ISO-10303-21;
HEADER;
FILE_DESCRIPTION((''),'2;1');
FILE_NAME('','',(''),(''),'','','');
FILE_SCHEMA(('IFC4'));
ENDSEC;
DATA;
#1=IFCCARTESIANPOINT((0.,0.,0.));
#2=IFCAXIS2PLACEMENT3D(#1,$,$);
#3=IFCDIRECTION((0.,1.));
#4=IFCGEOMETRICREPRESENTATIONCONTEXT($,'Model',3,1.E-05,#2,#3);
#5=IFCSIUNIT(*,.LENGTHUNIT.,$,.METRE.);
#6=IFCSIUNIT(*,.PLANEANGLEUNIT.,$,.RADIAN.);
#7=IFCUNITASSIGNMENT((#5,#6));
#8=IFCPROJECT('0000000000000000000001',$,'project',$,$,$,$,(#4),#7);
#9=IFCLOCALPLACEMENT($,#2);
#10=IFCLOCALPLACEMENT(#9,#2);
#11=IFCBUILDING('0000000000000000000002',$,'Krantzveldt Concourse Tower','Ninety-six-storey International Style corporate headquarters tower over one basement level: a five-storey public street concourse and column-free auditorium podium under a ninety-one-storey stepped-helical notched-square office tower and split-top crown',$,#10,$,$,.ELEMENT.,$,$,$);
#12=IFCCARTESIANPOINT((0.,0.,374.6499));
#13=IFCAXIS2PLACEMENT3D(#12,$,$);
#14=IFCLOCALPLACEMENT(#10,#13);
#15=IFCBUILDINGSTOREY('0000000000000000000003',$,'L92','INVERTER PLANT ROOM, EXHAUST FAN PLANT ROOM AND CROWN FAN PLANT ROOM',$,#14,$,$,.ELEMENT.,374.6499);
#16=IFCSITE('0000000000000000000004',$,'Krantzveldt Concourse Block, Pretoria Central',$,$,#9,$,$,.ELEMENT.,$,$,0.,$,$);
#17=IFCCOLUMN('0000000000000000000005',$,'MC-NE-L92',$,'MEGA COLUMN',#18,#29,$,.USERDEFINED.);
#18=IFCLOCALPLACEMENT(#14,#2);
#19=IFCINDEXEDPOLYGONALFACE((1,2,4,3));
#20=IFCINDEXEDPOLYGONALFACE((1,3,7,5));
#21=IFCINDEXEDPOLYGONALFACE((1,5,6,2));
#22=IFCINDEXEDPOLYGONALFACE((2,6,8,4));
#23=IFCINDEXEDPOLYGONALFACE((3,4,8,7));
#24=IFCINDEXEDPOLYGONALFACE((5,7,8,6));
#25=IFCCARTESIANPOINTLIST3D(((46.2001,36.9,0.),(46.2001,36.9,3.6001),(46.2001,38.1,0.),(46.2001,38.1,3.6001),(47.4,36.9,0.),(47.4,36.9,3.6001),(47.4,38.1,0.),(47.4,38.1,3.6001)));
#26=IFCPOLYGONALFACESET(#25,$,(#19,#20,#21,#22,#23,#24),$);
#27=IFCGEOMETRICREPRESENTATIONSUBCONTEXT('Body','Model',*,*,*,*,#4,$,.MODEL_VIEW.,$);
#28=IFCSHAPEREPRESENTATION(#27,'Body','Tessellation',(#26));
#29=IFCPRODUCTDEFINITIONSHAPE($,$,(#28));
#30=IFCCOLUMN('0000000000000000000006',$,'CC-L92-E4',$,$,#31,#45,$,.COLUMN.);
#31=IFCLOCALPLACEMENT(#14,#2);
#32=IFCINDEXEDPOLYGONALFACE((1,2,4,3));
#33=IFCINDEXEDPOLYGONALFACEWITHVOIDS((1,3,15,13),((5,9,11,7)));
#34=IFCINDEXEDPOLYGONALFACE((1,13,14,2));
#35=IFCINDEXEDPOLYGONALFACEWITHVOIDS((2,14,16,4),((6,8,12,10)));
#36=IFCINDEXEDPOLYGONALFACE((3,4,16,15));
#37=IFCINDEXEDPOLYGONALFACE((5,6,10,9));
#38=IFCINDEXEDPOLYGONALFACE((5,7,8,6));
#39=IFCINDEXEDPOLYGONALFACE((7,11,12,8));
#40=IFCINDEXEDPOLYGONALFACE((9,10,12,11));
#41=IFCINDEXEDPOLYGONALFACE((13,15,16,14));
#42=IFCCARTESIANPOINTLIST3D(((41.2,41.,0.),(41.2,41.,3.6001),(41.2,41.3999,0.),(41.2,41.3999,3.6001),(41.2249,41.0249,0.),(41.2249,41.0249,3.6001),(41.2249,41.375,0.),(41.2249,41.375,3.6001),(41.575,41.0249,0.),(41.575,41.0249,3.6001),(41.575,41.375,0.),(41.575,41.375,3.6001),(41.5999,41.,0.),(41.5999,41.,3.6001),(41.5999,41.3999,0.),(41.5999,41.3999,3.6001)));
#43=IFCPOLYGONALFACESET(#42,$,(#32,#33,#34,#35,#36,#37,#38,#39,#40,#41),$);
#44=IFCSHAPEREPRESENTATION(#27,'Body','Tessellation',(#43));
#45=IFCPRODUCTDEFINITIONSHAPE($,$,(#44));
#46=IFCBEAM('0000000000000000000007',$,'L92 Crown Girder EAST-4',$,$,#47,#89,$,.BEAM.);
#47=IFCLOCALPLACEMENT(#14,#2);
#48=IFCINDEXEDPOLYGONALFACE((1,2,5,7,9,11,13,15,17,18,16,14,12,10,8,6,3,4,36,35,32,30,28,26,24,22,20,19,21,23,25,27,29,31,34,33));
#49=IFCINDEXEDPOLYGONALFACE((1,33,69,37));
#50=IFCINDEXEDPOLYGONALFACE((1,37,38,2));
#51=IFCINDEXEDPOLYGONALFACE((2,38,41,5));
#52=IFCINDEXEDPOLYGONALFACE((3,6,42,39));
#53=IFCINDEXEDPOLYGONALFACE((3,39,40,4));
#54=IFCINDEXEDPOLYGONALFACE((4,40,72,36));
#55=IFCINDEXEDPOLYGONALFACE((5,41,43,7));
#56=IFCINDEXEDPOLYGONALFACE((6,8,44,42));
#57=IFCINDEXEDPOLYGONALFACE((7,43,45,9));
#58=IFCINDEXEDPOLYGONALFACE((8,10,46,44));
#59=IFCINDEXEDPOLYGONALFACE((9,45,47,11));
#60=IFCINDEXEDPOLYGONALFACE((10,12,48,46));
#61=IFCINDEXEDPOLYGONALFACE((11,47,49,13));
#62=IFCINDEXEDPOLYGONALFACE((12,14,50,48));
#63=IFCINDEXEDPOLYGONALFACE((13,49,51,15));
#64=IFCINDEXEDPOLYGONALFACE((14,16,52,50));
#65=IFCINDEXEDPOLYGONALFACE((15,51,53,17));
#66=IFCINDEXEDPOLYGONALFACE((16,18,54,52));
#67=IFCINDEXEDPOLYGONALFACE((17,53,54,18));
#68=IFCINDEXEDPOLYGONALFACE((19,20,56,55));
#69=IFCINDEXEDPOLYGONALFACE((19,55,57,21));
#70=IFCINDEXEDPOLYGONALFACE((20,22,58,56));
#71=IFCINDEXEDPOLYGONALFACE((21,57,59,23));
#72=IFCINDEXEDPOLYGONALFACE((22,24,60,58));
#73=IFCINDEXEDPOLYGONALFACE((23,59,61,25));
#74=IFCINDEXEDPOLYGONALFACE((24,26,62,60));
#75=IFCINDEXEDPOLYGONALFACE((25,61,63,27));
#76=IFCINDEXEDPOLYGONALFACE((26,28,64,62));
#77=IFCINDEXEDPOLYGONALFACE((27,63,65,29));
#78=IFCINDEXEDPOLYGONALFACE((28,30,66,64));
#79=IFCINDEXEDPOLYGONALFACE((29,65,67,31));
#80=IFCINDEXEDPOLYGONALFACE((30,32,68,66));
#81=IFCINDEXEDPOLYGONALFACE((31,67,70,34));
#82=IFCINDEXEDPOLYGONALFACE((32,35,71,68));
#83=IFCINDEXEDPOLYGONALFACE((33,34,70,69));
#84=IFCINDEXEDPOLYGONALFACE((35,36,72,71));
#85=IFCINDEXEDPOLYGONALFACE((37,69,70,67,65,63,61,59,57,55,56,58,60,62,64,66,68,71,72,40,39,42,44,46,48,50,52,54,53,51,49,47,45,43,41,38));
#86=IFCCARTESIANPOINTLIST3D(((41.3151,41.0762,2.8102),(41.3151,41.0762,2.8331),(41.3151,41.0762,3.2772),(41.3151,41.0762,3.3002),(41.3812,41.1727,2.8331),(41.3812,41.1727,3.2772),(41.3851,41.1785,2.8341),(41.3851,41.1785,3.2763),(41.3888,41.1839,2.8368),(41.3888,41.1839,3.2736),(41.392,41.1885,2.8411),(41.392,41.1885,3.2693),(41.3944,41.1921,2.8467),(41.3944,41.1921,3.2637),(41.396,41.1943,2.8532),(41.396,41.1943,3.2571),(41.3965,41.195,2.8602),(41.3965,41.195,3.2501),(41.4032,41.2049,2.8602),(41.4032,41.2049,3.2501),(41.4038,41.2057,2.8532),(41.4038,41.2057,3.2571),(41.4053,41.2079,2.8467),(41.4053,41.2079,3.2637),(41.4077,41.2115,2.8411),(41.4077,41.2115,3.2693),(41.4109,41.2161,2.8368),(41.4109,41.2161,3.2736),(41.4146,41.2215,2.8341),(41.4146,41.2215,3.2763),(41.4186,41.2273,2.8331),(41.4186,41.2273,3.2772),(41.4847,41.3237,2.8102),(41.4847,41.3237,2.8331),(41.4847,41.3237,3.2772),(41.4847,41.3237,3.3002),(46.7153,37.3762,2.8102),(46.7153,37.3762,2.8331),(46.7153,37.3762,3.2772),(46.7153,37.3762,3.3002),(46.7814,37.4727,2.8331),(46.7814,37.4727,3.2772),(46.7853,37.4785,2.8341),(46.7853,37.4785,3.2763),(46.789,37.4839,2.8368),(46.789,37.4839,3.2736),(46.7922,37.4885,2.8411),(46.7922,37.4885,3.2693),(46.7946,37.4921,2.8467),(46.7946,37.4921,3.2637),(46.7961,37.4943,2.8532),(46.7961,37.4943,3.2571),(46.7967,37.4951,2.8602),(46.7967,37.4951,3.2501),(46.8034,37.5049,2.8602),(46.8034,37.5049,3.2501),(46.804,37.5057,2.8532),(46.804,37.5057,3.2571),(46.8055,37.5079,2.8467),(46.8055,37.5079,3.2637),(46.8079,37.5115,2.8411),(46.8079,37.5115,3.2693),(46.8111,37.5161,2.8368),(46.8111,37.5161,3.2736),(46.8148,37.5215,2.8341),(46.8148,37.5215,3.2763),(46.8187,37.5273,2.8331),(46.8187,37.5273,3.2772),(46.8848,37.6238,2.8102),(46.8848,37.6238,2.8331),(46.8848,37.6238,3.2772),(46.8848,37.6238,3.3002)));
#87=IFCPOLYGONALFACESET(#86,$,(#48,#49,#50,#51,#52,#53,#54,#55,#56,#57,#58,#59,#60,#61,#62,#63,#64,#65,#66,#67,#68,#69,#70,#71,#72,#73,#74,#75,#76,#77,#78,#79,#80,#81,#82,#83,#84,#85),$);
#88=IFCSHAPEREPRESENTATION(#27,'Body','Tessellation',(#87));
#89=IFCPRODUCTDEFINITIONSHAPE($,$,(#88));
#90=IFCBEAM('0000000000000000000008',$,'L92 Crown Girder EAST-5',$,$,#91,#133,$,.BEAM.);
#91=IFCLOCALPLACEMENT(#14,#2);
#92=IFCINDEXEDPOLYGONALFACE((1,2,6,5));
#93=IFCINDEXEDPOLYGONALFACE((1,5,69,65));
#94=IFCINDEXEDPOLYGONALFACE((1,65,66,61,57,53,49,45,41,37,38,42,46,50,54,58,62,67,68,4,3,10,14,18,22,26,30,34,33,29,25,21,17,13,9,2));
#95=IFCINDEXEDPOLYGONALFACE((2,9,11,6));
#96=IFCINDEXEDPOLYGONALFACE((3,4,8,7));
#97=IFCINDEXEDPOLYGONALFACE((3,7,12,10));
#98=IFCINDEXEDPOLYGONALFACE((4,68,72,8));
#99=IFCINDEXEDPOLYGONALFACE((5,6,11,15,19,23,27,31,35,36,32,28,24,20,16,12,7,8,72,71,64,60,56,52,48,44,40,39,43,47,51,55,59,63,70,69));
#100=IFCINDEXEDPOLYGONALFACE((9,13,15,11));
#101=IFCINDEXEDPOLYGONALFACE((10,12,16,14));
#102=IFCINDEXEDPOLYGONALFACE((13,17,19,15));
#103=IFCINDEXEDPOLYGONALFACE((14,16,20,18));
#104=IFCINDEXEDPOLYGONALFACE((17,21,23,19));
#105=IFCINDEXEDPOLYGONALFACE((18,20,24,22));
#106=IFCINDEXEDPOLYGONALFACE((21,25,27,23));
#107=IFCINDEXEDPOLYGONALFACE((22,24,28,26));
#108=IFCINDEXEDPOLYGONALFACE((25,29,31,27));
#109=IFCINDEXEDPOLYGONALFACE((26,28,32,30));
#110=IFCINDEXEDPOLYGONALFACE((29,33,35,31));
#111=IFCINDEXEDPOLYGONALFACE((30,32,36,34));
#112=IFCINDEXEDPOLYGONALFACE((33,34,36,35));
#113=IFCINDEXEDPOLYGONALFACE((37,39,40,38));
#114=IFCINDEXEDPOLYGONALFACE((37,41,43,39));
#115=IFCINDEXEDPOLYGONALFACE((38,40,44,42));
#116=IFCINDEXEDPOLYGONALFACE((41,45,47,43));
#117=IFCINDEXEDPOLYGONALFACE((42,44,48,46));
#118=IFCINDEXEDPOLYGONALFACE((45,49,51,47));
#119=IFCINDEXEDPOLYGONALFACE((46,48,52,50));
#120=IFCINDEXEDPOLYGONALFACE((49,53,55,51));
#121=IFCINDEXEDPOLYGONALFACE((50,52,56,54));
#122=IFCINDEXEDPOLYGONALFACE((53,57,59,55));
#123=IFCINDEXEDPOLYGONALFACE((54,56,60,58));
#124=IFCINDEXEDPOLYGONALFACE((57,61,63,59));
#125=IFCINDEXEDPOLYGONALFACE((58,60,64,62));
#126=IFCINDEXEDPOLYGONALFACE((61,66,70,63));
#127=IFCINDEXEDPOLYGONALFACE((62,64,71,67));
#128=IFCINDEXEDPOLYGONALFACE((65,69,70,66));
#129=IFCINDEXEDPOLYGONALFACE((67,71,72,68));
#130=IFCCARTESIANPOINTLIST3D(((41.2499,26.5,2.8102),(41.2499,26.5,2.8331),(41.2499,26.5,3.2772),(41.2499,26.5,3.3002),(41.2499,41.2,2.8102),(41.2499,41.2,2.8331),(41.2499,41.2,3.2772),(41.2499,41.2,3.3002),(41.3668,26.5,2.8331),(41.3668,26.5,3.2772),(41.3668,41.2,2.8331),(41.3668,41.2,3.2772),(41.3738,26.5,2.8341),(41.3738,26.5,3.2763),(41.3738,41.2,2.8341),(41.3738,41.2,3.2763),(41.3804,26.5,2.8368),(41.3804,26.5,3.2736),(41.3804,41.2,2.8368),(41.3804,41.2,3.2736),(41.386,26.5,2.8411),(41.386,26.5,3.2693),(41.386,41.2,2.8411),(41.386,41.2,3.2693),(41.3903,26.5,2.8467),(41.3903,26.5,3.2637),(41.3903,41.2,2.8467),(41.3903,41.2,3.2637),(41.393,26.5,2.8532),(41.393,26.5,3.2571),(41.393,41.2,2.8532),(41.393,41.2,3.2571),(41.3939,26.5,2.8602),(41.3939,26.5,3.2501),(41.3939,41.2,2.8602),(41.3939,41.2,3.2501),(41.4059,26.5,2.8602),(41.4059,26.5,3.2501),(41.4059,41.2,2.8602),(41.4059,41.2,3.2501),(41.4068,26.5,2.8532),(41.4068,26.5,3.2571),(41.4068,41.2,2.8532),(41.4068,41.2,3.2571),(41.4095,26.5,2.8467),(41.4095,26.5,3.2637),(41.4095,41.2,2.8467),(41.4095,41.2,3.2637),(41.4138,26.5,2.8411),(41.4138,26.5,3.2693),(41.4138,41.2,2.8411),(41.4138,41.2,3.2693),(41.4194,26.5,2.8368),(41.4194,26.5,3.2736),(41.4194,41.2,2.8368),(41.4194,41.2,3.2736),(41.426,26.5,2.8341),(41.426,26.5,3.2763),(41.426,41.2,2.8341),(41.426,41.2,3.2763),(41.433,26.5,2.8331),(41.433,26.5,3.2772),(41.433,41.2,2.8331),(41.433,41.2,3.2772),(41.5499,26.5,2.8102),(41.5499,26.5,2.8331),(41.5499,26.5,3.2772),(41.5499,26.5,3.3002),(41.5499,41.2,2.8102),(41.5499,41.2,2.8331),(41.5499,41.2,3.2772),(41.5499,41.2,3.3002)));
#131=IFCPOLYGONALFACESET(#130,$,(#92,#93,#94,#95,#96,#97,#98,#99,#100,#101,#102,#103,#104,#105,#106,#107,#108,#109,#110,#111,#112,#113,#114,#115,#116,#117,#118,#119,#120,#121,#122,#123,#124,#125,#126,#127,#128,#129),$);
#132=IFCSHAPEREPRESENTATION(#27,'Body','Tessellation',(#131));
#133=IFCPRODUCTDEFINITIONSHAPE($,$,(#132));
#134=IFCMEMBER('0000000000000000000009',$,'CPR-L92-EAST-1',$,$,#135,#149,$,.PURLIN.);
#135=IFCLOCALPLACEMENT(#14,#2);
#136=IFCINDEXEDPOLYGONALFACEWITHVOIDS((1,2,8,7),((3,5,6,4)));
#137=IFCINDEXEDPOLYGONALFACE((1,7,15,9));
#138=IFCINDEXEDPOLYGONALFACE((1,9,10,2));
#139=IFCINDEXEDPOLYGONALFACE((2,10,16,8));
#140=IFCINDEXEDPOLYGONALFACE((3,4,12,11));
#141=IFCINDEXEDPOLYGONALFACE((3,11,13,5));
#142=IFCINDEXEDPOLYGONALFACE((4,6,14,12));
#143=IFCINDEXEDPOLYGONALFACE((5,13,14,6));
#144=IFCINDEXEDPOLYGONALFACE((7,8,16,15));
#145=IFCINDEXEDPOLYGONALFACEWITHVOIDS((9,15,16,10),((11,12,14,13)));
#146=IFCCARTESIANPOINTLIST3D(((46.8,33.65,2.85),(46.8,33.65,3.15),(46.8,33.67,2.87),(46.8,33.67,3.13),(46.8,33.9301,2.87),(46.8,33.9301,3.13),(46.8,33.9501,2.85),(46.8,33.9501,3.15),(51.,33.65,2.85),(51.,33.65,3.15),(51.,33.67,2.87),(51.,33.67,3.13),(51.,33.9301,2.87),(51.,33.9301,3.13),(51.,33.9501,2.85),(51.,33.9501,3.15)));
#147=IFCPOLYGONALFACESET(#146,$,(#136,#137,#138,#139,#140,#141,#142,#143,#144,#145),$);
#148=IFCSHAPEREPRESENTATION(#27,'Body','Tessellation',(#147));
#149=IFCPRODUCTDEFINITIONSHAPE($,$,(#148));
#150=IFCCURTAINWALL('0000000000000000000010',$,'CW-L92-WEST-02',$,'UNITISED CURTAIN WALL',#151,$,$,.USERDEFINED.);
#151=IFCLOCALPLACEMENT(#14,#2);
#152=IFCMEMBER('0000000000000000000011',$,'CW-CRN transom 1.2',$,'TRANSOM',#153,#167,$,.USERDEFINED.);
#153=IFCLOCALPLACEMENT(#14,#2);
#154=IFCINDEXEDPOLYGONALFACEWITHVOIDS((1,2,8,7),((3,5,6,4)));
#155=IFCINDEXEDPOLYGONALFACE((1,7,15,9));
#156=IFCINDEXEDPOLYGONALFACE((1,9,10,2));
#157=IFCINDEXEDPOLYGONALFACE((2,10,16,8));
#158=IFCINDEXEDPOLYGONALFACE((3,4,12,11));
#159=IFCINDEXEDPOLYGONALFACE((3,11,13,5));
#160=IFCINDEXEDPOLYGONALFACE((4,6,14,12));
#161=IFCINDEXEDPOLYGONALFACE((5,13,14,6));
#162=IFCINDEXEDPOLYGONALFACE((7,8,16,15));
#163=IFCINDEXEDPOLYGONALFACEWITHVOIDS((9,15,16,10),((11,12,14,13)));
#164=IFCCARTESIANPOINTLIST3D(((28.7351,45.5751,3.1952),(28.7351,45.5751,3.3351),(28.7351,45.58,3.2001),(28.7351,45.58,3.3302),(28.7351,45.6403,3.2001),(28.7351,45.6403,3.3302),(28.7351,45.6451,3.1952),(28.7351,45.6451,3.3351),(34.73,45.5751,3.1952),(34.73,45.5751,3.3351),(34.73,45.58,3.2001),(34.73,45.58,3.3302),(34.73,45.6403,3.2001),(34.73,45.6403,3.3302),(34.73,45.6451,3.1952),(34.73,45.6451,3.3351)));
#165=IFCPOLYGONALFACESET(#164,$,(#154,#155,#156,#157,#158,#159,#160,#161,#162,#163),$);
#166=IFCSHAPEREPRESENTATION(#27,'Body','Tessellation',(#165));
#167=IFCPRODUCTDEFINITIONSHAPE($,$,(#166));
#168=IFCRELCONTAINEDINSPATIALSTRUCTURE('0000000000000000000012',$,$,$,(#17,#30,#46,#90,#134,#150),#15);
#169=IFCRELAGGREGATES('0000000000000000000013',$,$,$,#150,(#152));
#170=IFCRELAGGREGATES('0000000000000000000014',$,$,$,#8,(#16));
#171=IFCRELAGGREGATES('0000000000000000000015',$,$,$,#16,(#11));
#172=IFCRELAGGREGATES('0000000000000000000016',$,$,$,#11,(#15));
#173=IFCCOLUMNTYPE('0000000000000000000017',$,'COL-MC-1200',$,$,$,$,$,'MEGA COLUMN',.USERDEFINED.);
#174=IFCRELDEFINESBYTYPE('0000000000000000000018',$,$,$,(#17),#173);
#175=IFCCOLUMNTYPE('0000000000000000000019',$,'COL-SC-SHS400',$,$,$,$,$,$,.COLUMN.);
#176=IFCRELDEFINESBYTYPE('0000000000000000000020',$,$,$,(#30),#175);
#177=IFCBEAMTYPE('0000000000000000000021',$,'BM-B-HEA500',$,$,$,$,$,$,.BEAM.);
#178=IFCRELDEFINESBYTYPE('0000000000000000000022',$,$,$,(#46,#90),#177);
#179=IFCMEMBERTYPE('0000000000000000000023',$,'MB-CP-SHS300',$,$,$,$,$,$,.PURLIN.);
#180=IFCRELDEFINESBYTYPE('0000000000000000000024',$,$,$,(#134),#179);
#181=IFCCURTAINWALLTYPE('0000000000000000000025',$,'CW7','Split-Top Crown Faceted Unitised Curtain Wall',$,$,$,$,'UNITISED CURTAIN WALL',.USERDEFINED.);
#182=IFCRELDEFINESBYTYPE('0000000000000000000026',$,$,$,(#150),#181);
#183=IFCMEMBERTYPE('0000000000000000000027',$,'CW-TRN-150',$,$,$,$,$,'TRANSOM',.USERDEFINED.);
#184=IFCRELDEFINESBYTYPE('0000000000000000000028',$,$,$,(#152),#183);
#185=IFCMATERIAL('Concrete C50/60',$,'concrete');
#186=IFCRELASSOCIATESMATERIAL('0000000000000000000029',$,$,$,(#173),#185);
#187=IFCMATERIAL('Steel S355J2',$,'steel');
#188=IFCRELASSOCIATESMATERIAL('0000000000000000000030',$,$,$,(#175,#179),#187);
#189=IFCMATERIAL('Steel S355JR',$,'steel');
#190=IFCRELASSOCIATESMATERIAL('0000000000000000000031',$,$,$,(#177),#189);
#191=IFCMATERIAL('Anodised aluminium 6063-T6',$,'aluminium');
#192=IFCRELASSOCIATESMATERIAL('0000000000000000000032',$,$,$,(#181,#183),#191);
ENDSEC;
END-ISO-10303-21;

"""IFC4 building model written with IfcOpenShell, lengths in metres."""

from ifc_helpers import new_model, si_unit, direction, frame, origin, origin_2d, place, context, subcontext, project, spatial, rectangle, hollow_rectangle, i_section, extrude, source, transform, mapped, material, material_profile, profile_set, type_object, type_shapes, element, aggregate, save


model = new_model("IFC4")

# Units and contexts
model_context = context("Model", 3, precision=1e-05, world=origin(), true_north=direction((0.0, 1.0)))
body_context = subcontext(model_context, "Body", "Model", "MODEL_VIEW")
ifc_project = project(units=[si_unit("LENGTHUNIT", "METRE"), si_unit("PLANEANGLEUNIT", "RADIAN")], contexts=[model_context])

# Site, building, storey
site_placement = place(None, origin())
site = spatial("IfcSite", under=ifc_project, at=site_placement, Name="Krantzveldt Concourse Block, Pretoria Central", CompositionType="ELEMENT", RefElevation=0.0)
building_placement = place(site_placement, origin())
building = spatial("IfcBuilding", under=site, at=building_placement, Name="Krantzveldt Concourse Tower", Description="Ninety-six-storey International Style corporate headquarters tower over one basement level: a five-storey public street concourse and column-free auditorium podium under a ninety-one-storey stepped-helical notched-square office tower and split-top crown", CompositionType="ELEMENT")
storey_placement = place(building_placement, frame((0.0, 0.0, 374.6499)))
storey = spatial("IfcBuildingStorey", under=building, at=storey_placement, Name="L92", Description="INVERTER PLANT ROOM, EXHAUST FAN PLANT ROOM AND CROWN FAN PLANT ROOM", CompositionType="ELEMENT", Elevation=374.6499)

# Columns
ifc_material_1 = material(Name="Concrete C50/60", Category="concrete")
ifc_material_profile_1 = material_profile(ifc_material_1, rectangle(XDim=1.2, YDim=1.2, at=origin_2d()), Name="Concrete C50/60", Category="concrete")
ifc_profile_set_1 = profile_set([ifc_material_profile_1], Name="Concrete C50/60 - RC 1200x1200")
column_type_1 = type_object("IfcColumnType", Name="COL-MC-1200", ElementType="MEGA COLUMN", PredefinedType="USERDEFINED", material=ifc_profile_set_1)
shared_shape_1 = source(origin(), body_context, "Body", "SweptSolid", [
    extrude(rectangle(XDim=1.2, YDim=1.2, at=origin_2d()), origin(), (0.0, 0.0, 1.0), 3.6001),
])
type_shapes(column_type_1, [shared_shape_1])
column_1_placement = place(storey_placement, frame((46.8, 37.5, 0.0), z_axis=(0.0, 0.0, 1.0), x_axis=(1.0, 0.0, 0.0)))
element("IfcColumn", 1, at=column_1_placement, inside=storey, type_object=column_type_1, Name="MC-NE-L92", ObjectType="MEGA COLUMN", PredefinedType="USERDEFINED", context=body_context, shape_type="MappedRepresentation", body=[
    mapped(shared_shape_1, transform((0.0, 0.0, 0.0), x_axis=(1.0, 0.0, 0.0), y_axis=(0.0, 1.0, 0.0), z_axis=(0.0, 0.0, 1.0), scale=1.0)),
])
ifc_material_2 = material(Name="Steel S355J2", Category="steel")
ifc_material_profile_2 = material_profile(ifc_material_2, hollow_rectangle(XDim=0.3999, YDim=0.3999, WallThickness=0.0249, at=origin_2d()), Name="Steel S355J2", Category="steel")
ifc_profile_set_2 = profile_set([ifc_material_profile_2], Name="Steel S355J2 - SHS 400x400x25")
column_type_2 = type_object("IfcColumnType", Name="COL-SC-SHS400", PredefinedType="COLUMN", material=ifc_profile_set_2)
shared_shape_2 = source(origin(), body_context, "Body", "SweptSolid", [
    extrude(hollow_rectangle(XDim=0.3999, YDim=0.3999, WallThickness=0.0249, at=origin_2d()), origin(), (0.0, 0.0, 1.0), 3.6001),
])
type_shapes(column_type_2, [shared_shape_2])
column_2_placement = place(storey_placement, frame((41.3999, 41.2, 0.0), z_axis=(0.0, 0.0, 1.0), x_axis=(1.0, 0.0, 0.0)))
element("IfcColumn", 2, at=column_2_placement, inside=storey, type_object=column_type_2, Name="CC-L92-E4", PredefinedType="COLUMN", context=body_context, shape_type="MappedRepresentation", body=[
    mapped(shared_shape_2, transform((0.0, 0.0, 0.0), x_axis=(1.0, 0.0, 0.0), y_axis=(0.0, 1.0, 0.0), z_axis=(0.0, 0.0, 1.0), scale=1.0)),
])

# Beams
ifc_material_3 = material(Name="Steel S355JR", Category="steel")
ifc_material_profile_3 = material_profile(ifc_material_3, i_section(OverallWidth=0.3, OverallDepth=0.49, WebThickness=0.012, FlangeThickness=0.0229, FilletRadius=0.0271, at=origin_2d()), Name="Steel S355JR", Category="steel")
ifc_profile_set_3 = profile_set([ifc_material_profile_3], Name="Steel S355JR - HEA 500")
beam_type = type_object("IfcBeamType", Name="BM-B-HEA500", PredefinedType="BEAM", material=ifc_profile_set_3)
shared_shape_3 = source(origin(), body_context, "Body", "SweptSolid", [
    extrude(i_section(OverallWidth=0.3, OverallDepth=0.49, WebThickness=0.012, FlangeThickness=0.0229, FilletRadius=0.0271, at=origin_2d()), origin(), (0.0, 0.0, 1.0), 6.5461),
])
beam_1_placement = place(storey_placement, frame((46.8, 37.5, 3.0552), z_axis=(-0.824943, 0.565216, 0.0), x_axis=(-0.565216, -0.824943, 0.0)))
element("IfcBeam", 3, at=beam_1_placement, inside=storey, type_object=beam_type, Name="L92 Crown Girder EAST-4", PredefinedType="BEAM", context=body_context, shape_type="MappedRepresentation", body=[
    mapped(shared_shape_3, transform((0.0, 0.0, 0.0), x_axis=(1.0, 0.0, 0.0), y_axis=(0.0, 1.0, 0.0), z_axis=(0.0, 0.0, 1.0), scale=1.0)),
])
shared_shape_4 = source(origin(), body_context, "Body", "SweptSolid", [
    extrude(i_section(OverallWidth=0.3, OverallDepth=0.49, WebThickness=0.012, FlangeThickness=0.0229, FilletRadius=0.0271, at=origin_2d()), origin(), (0.0, 0.0, 1.0), 14.7),
])
type_shapes(beam_type, [shared_shape_3, shared_shape_4])
beam_2_placement = place(storey_placement, frame((41.3999, 41.2, 3.0552), z_axis=(0.0, -1.0, 0.0), x_axis=(1.0, 0.0, 0.0)))
element("IfcBeam", 4, at=beam_2_placement, inside=storey, type_object=beam_type, Name="L92 Crown Girder EAST-5", PredefinedType="BEAM", context=body_context, shape_type="MappedRepresentation", body=[
    mapped(shared_shape_4, transform((0.0, 0.0, 0.0), x_axis=(1.0, 0.0, 0.0), y_axis=(0.0, 1.0, 0.0), z_axis=(0.0, 0.0, 1.0), scale=1.0)),
])

# Member
ifc_material_profile_4 = material_profile(ifc_material_2, hollow_rectangle(XDim=0.3, YDim=0.3, WallThickness=0.02, at=origin_2d()), Name="Steel S355J2", Category="steel")
ifc_profile_set_4 = profile_set([ifc_material_profile_4], Name="Steel S355J2 - SHS 300x300x20")
member_type_1 = type_object("IfcMemberType", Name="MB-CP-SHS300", PredefinedType="PURLIN", material=ifc_profile_set_4)
shared_shape_5 = source(origin(), body_context, "Body", "SweptSolid", [
    extrude(hollow_rectangle(XDim=0.3, YDim=0.3, WallThickness=0.02, at=origin_2d()), origin(), (0.0, 0.0, 1.0), 4.2),
])
type_shapes(member_type_1, [shared_shape_5])
member_1_placement = place(storey_placement, frame((46.8, 33.8, 3.0), z_axis=(1.0, 0.0, 0.0), x_axis=(0.0, 1.0, 0.0)))
element("IfcMember", 5, at=member_1_placement, inside=storey, type_object=member_type_1, Name="CPR-L92-EAST-1", PredefinedType="PURLIN", context=body_context, shape_type="MappedRepresentation", body=[
    mapped(shared_shape_5, transform((0.0, 0.0, 0.0), x_axis=(1.0, 0.0, 0.0), y_axis=(0.0, 1.0, 0.0), z_axis=(0.0, 0.0, 1.0), scale=1.0)),
])

# Curtain wall, member
ifc_material_4 = material(Name="Anodised aluminium 6063-T6", Category="aluminium")
curtain_wall_type = type_object("IfcCurtainWallType", Name="CW7", Description="Split-Top Crown Faceted Unitised Curtain Wall", ElementType="UNITISED CURTAIN WALL", PredefinedType="USERDEFINED", material=ifc_material_4)
curtain_wall_1_placement = place(storey_placement, origin())
curtain_wall_1 = element("IfcCurtainWall", 6, at=curtain_wall_1_placement, inside=storey, type_object=curtain_wall_type, Name="CW-L92-WEST-02", ObjectType="UNITISED CURTAIN WALL", PredefinedType="USERDEFINED")
ifc_material_profile_5 = material_profile(ifc_material_4, hollow_rectangle(XDim=0.0701, YDim=0.1399, WallThickness=0.0049, at=origin_2d()), Name="Anodised aluminium 6063-T6", Category="aluminium")
ifc_profile_set_5 = profile_set([ifc_material_profile_5], Name="Anodised aluminium 6063-T6 - ALU-TRAN 140x70x5")
member_type_2 = type_object("IfcMemberType", Name="CW-TRN-150", ElementType="TRANSOM", PredefinedType="USERDEFINED", material=ifc_profile_set_5)
shared_shape_6 = source(origin(), body_context, "Body", "SweptSolid", [
    extrude(hollow_rectangle(XDim=0.0701, YDim=0.1399, WallThickness=0.0049, at=origin_2d()), origin(), (0.0, 0.0, 1.0), 5.9949),
])
member_2_placement = place(storey_placement, frame((34.73, 45.6101, 3.2651), z_axis=(-1.0, 0.0, 0.0), x_axis=(0.0, -1.0, 0.0)))
member_2 = element("IfcMember", 7, at=member_2_placement, type_object=member_type_2, Name="CW-CRN transom 1.2", ObjectType="TRANSOM", PredefinedType="USERDEFINED", context=body_context, shape_type="MappedRepresentation", body=[
    mapped(shared_shape_6, transform((0.0, 0.0, 0.0), x_axis=(1.0, 0.0, 0.0), y_axis=(0.0, 1.0, 0.0), z_axis=(0.0, 0.0, 1.0), scale=1.0)),
])

aggregate(curtain_wall_1, [member_2])

save(model, "model.ifc")
